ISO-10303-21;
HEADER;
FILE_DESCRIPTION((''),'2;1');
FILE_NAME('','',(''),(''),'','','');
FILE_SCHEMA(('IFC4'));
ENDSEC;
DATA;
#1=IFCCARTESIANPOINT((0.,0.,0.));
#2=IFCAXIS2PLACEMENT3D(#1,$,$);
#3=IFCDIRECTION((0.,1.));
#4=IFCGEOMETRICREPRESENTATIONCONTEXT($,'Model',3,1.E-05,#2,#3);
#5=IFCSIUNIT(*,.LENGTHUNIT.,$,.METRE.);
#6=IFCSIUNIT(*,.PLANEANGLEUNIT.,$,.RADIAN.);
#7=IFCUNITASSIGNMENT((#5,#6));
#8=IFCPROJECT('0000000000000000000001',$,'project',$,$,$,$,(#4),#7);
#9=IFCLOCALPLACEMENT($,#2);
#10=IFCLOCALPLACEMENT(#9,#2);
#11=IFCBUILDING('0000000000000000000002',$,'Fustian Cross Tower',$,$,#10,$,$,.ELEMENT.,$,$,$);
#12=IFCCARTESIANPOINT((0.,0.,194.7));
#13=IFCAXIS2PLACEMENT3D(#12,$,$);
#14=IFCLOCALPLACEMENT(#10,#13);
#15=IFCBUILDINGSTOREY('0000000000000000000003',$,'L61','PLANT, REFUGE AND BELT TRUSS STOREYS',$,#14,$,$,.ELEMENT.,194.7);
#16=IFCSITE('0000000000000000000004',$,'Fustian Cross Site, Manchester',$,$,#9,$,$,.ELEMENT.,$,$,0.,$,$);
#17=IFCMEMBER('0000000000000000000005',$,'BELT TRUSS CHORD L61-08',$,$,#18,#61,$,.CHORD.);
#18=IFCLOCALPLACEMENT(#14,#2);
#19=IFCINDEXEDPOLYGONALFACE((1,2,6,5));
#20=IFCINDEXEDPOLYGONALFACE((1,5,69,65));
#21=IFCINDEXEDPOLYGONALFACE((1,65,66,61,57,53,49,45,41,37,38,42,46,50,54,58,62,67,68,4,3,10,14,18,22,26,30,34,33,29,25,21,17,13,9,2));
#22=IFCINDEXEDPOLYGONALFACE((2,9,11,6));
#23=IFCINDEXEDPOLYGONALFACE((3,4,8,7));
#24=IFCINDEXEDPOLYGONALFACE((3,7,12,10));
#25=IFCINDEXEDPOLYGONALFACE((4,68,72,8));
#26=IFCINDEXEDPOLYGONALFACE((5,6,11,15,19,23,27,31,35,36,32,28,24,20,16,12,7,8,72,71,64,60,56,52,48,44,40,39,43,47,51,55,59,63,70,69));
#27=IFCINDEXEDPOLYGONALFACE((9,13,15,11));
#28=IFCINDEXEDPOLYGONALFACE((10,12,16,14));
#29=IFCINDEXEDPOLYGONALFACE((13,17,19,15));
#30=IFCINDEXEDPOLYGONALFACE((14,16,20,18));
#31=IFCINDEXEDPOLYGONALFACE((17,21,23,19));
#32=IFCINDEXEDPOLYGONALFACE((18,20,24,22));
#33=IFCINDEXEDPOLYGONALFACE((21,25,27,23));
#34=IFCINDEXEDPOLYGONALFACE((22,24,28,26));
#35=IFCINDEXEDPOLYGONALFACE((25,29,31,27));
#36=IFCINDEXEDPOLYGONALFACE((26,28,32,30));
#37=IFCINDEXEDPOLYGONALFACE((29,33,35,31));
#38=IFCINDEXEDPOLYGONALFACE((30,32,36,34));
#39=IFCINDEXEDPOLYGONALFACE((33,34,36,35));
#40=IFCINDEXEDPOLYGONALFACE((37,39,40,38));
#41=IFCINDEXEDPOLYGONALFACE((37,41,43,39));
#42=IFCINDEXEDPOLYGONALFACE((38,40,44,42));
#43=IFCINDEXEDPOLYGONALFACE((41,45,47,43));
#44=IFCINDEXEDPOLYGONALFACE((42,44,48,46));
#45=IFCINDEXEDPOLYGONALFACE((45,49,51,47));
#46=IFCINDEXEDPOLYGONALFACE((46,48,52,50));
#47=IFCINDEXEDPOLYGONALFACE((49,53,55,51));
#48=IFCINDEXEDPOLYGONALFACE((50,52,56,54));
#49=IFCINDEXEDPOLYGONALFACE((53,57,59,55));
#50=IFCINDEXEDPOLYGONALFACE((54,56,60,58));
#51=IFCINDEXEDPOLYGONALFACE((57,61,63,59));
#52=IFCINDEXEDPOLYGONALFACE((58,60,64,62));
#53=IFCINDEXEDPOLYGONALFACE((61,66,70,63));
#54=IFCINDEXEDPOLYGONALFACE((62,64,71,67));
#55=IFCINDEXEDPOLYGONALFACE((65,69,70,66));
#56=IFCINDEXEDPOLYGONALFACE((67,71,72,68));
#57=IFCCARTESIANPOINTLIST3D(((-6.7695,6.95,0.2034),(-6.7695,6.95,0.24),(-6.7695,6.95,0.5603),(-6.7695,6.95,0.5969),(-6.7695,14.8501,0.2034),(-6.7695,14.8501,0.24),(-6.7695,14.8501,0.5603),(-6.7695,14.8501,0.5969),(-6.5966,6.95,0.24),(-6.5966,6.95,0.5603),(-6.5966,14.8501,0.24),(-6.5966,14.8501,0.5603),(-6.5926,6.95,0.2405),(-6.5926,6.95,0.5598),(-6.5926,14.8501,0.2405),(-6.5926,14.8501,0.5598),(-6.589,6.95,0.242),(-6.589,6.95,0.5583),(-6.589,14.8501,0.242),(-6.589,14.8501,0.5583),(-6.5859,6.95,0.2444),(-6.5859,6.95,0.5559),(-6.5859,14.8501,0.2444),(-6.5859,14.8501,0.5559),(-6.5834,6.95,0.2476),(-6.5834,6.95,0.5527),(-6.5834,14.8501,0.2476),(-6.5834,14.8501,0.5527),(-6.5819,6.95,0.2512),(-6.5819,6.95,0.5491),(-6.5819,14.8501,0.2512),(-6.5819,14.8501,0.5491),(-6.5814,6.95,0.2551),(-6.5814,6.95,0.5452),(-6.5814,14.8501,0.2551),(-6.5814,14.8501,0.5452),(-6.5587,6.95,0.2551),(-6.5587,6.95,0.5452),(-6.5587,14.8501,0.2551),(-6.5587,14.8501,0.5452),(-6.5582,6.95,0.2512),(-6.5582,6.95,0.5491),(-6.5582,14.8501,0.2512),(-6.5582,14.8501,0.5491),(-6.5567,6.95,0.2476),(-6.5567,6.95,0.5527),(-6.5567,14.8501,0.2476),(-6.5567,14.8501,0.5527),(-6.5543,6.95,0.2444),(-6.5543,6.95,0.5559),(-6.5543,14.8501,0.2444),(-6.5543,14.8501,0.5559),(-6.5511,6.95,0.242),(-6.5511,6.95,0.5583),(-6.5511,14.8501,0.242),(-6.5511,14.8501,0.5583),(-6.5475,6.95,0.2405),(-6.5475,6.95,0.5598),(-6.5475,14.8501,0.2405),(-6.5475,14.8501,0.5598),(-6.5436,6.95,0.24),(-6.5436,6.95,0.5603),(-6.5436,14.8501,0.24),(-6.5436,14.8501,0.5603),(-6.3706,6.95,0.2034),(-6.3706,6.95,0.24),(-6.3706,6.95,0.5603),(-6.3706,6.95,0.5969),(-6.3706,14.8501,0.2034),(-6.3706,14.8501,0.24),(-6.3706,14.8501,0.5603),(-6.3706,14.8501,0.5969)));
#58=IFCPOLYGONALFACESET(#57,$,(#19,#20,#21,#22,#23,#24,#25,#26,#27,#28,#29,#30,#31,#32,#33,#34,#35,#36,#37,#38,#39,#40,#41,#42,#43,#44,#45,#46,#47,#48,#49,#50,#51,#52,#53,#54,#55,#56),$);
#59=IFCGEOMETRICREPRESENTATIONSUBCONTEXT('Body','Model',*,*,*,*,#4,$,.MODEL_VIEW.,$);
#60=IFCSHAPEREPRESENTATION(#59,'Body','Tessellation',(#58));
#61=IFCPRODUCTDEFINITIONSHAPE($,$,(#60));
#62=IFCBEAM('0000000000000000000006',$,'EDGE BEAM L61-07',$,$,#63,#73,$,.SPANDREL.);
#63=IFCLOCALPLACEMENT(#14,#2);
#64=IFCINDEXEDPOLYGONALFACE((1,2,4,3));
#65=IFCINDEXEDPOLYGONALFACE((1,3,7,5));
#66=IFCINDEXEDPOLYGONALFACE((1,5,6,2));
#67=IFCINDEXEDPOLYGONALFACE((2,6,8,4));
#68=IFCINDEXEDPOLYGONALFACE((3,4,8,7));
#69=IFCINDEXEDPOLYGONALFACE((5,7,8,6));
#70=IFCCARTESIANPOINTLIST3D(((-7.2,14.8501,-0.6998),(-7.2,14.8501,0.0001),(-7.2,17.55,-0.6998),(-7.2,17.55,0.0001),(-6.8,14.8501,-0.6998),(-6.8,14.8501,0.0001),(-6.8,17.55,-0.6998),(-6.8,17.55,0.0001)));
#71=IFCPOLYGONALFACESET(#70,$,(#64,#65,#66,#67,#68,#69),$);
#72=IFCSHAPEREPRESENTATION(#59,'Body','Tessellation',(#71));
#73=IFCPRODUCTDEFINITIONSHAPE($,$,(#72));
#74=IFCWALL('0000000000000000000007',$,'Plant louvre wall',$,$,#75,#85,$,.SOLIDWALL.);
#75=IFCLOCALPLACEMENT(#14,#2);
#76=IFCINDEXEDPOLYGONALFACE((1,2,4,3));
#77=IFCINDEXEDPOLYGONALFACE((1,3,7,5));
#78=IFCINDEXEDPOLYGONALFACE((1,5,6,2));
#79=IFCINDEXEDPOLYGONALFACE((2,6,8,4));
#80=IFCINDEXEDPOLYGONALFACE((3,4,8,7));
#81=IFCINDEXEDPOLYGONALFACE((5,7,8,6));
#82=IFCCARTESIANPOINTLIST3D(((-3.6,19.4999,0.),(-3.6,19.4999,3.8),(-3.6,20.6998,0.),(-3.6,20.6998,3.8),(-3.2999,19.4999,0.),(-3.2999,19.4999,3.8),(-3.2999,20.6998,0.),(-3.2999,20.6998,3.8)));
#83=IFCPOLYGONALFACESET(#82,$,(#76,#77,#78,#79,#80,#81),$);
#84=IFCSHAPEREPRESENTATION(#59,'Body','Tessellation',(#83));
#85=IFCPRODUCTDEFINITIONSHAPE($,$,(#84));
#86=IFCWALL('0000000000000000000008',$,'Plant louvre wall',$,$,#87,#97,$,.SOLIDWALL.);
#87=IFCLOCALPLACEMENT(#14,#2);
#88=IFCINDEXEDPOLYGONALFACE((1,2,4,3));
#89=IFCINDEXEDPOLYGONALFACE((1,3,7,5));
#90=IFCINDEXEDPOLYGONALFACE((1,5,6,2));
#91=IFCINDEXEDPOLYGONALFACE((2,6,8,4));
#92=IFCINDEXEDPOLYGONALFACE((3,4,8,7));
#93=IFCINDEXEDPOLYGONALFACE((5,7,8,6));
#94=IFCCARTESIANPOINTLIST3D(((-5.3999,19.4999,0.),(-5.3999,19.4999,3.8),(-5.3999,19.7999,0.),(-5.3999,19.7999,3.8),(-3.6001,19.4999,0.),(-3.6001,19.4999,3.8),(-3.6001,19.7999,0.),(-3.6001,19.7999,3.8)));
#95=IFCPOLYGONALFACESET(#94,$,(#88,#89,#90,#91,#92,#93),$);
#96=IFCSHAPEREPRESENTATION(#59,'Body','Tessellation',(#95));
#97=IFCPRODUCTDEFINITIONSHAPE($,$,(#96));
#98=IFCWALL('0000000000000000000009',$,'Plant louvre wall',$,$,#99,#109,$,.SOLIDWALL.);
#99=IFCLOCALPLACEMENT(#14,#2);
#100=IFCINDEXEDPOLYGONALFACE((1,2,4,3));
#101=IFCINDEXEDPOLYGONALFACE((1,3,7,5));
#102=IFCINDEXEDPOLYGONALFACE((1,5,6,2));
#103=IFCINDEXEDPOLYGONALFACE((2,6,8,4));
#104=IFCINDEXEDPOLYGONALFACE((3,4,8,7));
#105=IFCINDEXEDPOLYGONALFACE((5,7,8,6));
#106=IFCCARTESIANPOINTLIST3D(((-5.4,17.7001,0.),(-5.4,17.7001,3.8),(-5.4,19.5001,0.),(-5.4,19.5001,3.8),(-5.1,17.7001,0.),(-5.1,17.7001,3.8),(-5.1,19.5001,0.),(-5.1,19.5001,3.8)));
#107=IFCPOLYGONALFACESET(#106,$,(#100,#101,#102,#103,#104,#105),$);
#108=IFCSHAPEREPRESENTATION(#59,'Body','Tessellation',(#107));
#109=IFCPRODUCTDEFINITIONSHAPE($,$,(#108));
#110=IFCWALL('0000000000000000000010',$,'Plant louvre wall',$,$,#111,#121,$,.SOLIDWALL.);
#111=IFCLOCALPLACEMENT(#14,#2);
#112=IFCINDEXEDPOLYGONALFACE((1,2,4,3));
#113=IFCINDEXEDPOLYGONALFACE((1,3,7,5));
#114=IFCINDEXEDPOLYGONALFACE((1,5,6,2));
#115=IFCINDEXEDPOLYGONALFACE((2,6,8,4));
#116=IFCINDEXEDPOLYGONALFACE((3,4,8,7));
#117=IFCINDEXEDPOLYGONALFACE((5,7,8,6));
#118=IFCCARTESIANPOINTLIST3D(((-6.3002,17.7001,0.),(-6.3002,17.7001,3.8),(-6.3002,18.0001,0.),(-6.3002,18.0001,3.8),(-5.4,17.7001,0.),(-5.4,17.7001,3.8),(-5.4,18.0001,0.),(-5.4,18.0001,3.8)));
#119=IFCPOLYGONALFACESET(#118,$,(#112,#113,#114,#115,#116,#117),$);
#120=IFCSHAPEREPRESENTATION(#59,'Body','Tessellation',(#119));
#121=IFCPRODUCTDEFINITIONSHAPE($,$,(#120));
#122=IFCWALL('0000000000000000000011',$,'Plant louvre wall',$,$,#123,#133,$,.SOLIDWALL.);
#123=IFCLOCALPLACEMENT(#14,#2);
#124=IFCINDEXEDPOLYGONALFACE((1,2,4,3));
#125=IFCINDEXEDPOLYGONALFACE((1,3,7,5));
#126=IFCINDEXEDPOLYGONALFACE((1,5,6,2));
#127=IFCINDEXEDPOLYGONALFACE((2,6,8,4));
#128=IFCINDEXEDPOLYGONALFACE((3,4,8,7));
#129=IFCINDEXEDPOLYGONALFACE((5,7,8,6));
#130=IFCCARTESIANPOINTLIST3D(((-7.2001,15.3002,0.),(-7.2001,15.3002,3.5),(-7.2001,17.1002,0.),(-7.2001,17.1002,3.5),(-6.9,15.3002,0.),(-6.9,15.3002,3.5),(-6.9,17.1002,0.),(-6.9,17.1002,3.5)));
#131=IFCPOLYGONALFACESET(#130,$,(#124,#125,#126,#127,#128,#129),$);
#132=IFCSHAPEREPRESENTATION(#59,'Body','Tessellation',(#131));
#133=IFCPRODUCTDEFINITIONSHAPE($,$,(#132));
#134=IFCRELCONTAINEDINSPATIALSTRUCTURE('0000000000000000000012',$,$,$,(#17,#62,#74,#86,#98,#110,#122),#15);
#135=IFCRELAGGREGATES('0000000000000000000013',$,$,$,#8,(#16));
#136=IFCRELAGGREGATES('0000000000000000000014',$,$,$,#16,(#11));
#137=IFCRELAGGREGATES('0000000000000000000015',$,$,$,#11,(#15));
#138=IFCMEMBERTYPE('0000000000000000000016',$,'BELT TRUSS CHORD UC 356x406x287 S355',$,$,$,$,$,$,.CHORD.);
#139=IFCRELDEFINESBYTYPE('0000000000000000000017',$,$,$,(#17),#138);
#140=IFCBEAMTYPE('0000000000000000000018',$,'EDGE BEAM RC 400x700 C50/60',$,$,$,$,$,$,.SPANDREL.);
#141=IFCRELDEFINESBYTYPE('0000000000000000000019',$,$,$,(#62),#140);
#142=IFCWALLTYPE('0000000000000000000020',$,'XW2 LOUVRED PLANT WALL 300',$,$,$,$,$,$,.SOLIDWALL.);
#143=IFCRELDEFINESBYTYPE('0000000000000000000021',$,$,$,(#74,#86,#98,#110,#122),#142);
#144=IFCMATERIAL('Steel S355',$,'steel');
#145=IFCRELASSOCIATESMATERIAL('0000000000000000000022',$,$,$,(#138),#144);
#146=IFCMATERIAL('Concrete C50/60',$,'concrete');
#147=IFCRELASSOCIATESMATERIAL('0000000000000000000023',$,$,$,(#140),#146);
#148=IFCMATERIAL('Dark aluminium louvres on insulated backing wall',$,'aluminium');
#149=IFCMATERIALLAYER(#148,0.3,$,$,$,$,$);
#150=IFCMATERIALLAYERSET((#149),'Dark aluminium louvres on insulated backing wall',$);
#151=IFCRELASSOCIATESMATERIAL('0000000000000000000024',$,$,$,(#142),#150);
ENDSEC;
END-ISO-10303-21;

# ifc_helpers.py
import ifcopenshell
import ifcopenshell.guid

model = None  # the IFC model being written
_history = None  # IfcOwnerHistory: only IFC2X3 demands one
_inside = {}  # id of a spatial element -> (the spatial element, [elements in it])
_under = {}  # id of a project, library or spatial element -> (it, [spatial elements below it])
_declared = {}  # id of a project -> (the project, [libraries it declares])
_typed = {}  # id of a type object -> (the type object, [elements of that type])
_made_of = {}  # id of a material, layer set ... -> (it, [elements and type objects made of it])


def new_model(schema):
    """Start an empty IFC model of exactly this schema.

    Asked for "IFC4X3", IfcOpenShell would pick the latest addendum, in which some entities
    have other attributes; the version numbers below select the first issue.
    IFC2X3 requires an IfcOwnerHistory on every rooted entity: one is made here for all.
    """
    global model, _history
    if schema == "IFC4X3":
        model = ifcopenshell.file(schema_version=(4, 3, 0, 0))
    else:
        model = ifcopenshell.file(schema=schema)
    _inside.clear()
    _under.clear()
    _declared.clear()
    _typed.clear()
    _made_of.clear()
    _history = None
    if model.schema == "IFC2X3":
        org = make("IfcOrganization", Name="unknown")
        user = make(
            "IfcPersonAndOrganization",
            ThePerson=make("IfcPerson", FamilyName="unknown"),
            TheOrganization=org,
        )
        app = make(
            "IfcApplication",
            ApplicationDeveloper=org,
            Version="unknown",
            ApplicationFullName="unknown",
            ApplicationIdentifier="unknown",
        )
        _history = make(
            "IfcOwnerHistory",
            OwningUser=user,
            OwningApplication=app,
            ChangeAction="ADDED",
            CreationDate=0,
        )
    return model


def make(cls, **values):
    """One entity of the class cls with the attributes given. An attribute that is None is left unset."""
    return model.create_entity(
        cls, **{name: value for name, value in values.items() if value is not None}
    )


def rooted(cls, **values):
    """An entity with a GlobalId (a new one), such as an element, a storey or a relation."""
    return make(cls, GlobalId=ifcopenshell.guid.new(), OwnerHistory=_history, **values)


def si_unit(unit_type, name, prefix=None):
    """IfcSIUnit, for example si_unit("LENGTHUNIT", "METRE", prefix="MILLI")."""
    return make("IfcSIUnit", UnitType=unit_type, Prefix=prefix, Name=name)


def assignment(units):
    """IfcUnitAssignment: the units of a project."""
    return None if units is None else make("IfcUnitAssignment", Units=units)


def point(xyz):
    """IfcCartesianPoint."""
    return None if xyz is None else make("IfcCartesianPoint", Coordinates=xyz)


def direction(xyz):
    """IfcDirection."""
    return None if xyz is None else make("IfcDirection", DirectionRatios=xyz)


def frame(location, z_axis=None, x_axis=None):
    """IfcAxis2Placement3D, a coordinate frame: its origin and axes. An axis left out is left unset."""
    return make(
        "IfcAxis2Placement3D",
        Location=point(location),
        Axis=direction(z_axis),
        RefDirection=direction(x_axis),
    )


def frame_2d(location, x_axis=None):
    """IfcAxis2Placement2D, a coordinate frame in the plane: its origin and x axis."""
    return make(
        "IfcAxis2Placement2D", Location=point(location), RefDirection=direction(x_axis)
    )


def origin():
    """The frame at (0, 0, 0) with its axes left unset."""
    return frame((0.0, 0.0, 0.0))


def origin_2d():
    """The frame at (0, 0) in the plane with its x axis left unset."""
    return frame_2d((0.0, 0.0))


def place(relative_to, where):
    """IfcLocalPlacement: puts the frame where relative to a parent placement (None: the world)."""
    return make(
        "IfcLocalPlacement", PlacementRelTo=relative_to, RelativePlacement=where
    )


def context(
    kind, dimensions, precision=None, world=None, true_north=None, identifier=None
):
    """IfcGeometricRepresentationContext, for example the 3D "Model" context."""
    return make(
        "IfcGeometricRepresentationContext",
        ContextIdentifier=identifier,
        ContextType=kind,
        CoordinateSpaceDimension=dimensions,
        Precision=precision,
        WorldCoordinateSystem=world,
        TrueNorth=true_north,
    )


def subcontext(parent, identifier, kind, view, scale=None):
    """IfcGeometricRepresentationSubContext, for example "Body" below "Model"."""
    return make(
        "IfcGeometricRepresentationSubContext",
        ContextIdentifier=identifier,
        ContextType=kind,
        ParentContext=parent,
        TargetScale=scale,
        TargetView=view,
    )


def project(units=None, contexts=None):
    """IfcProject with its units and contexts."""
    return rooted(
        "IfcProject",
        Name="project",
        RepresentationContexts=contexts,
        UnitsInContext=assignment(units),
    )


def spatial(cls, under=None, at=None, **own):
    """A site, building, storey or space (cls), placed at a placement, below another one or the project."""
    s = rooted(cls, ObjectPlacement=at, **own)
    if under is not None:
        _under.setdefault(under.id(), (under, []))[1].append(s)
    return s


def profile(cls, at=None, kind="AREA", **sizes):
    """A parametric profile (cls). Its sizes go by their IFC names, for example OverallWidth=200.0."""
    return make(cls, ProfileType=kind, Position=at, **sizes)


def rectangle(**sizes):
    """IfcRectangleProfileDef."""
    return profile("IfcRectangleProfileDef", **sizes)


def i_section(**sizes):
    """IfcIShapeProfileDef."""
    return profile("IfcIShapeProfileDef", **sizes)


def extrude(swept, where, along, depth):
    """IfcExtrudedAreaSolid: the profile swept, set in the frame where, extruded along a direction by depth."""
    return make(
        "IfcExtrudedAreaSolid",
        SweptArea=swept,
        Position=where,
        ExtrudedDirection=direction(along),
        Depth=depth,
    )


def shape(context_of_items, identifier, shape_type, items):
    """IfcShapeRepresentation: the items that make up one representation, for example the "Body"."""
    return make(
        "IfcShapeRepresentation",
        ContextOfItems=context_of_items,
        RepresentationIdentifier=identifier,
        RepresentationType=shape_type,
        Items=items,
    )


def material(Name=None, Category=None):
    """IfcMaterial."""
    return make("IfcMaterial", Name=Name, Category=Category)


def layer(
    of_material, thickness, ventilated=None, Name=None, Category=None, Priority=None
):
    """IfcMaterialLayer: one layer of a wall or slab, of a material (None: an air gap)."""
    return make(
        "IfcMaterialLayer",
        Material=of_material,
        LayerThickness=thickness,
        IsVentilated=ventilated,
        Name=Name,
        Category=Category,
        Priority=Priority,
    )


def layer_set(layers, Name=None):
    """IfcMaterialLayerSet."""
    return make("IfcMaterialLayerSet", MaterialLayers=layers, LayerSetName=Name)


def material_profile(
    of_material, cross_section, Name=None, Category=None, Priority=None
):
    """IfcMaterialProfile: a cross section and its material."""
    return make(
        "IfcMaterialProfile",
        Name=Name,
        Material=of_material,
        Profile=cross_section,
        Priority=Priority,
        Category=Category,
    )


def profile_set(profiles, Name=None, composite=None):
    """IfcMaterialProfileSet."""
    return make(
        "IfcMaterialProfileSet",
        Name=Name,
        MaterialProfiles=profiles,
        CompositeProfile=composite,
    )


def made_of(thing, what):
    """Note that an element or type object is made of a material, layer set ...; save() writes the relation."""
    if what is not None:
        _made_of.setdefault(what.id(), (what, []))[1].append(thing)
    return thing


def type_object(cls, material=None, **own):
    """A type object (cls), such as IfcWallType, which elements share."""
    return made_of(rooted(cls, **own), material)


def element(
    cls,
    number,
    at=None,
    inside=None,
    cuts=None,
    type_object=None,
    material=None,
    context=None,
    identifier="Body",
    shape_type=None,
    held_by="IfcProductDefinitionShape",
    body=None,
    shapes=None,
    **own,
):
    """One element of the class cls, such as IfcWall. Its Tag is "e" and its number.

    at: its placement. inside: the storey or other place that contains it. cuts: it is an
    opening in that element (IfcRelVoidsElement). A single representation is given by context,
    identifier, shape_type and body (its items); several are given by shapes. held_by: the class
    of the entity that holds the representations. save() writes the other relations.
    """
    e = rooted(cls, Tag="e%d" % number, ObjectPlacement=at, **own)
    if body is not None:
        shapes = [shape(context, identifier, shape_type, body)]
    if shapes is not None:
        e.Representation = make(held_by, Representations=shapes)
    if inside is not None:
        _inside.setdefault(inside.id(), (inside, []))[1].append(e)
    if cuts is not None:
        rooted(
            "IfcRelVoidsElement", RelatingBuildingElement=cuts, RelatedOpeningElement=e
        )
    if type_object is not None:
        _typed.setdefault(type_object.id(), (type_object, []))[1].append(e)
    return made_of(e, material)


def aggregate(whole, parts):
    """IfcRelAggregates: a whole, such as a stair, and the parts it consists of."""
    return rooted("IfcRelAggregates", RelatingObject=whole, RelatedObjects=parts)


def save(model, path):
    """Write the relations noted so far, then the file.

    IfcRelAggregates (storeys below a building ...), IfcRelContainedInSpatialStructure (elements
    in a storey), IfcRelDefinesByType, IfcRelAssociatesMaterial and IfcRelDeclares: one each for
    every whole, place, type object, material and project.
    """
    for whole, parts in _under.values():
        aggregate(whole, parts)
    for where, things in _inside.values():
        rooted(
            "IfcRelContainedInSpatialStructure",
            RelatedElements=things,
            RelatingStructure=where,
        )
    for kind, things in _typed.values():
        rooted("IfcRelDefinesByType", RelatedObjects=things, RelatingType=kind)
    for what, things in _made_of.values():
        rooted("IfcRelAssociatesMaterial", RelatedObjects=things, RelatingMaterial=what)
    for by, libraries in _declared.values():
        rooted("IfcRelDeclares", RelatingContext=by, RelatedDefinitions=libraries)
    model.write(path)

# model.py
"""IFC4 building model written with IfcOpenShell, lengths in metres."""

from ifc_helpers import new_model, si_unit, direction, frame, frame_2d, origin, origin_2d, place, context, subcontext, project, spatial, rectangle, i_section, extrude, material, layer, layer_set, material_profile, profile_set, type_object, element, save


model = new_model("IFC4")

# Units and contexts
model_context = context("Model", 3, precision=1e-05, world=origin(), true_north=direction((0.0, 1.0)))
body_context = subcontext(model_context, "Body", "Model", "MODEL_VIEW")
ifc_project = project(units=[si_unit("LENGTHUNIT", "METRE"), si_unit("PLANEANGLEUNIT", "RADIAN")], contexts=[model_context])

# Site, building, storey
site_placement = place(None, origin())
site = spatial("IfcSite", under=ifc_project, at=site_placement, Name="Fustian Cross Site, Manchester", CompositionType="ELEMENT", RefElevation=0.0)
building_placement = place(site_placement, origin())
building = spatial("IfcBuilding", under=site, at=building_placement, Name="Fustian Cross Tower", CompositionType="ELEMENT")
storey_placement = place(building_placement, frame((0.0, 0.0, 194.7)))
storey = spatial("IfcBuildingStorey", under=building, at=storey_placement, Name="L61", Description="PLANT, REFUGE AND BELT TRUSS STOREYS", CompositionType="ELEMENT", Elevation=194.7)

# Member
ifc_material_1 = material(Name="Steel S355", Category="steel")
ifc_material_profile_1 = material_profile(ifc_material_1, i_section(OverallWidth=0.3989, OverallDepth=0.3936, WebThickness=0.0227, FlangeThickness=0.0366, FilletRadius=0.0151, at=origin_2d()), Name="UC 356x406x287")
ifc_profile_set_1 = profile_set([ifc_material_profile_1], Name="Steel S355")
member_type_1 = type_object("IfcMemberType", Name="BELT TRUSS CHORD UC 356x406x287 S355", PredefinedType="CHORD", material=ifc_profile_set_1)
for number, where, z_axis, x_axis, name in (
    (1, (-6.5701, 14.8501, 0.4001), (0.0, -1.0, 0.0), (1.0, 0.0, 0.0), "BELT TRUSS CHORD L61-08"),
):
    element("IfcMember", number, at=place(storey_placement, frame(where, z_axis=z_axis, x_axis=x_axis)), inside=storey, type_object=member_type_1, Name=name, PredefinedType="CHORD", context=body_context, shape_type="SweptSolid", body=[
        extrude(i_section(OverallWidth=0.3989, OverallDepth=0.3936, WebThickness=0.0227, FlangeThickness=0.0366, FilletRadius=0.0151, at=origin_2d()), origin(), (0.0, 0.0, 1.0), 7.9001),
    ])

# Beam
ifc_material_2 = material(Name="Concrete C50/60", Category="concrete")
ifc_material_profile_2 = material_profile(ifc_material_2, rectangle(XDim=0.3999, YDim=0.7, at=origin_2d()), Name="RC 400x700")
ifc_profile_set_2 = profile_set([ifc_material_profile_2], Name="Concrete C50/60")
beam_type = type_object("IfcBeamType", Name="EDGE BEAM RC 400x700 C50/60", PredefinedType="SPANDREL", material=ifc_profile_set_2)
beam_placement = place(storey_placement, frame((-7.0, 17.55, -0.3499), z_axis=(0.0, -1.0, 0.0), x_axis=(1.0, 0.0, 0.0)))
element("IfcBeam", 2, at=beam_placement, inside=storey, type_object=beam_type, Name="EDGE BEAM L61-07", PredefinedType="SPANDREL", context=body_context, shape_type="SweptSolid", body=[
    extrude(rectangle(XDim=0.3999, YDim=0.7, at=origin_2d()), origin(), (0.0, 0.0, 1.0), 2.7),
])

# Walls
ifc_material_3 = material(Name="Dark aluminium louvres on insulated backing wall", Category="aluminium")
ifc_layer = layer(ifc_material_3, 0.3)
ifc_layer_set = layer_set([ifc_layer], Name="Dark aluminium louvres on insulated backing wall")
wall_type = type_object("IfcWallType", Name="XW2 LOUVRED PLANT WALL 300", PredefinedType="SOLIDWALL", material=ifc_layer_set)
wall_1_placement = place(storey_placement, frame((-3.45, 20.7, 0.0), z_axis=(0.0, 0.0, 1.0), x_axis=(0.0, -1.0, 0.0)))
element("IfcWall", 3, at=wall_1_placement, inside=storey, type_object=wall_type, Name="Plant louvre wall", PredefinedType="SOLIDWALL", context=body_context, shape_type="SweptSolid", body=[
    extrude(rectangle(XDim=1.2, YDim=0.3, at=frame_2d((0.6001, 0.0))), origin(), (0.0, 0.0, 1.0), 3.8),
])
wall_2_placement = place(storey_placement, frame((-3.6001, 19.6499, 0.0), z_axis=(0.0, 0.0, 1.0), x_axis=(-1.0, 0.0, 0.0)))
element("IfcWall", 4, at=wall_2_placement, inside=storey, type_object=wall_type, Name="Plant louvre wall", PredefinedType="SOLIDWALL", context=body_context, shape_type="SweptSolid", body=[
    extrude(rectangle(XDim=1.7998, YDim=0.3, at=frame_2d((0.8999, 0.0))), origin(), (0.0, 0.0, 1.0), 3.8),
])
wall_3_placement = place(storey_placement, frame((-5.25, 19.5, 0.0), z_axis=(0.0, 0.0, 1.0), x_axis=(0.0, -1.0, 0.0)))
element("IfcWall", 5, at=wall_3_placement, inside=storey, type_object=wall_type, Name="Plant louvre wall", PredefinedType="SOLIDWALL", context=body_context, shape_type="SweptSolid", body=[
    extrude(rectangle(XDim=1.8, YDim=0.3, at=frame_2d((0.8999, 0.0))), origin(), (0.0, 0.0, 1.0), 3.8),
])
wall_4_placement = place(storey_placement, frame((-5.3999, 17.8501, 0.0), z_axis=(0.0, 0.0, 1.0), x_axis=(-1.0, 0.0, 0.0)))
element("IfcWall", 6, at=wall_4_placement, inside=storey, type_object=wall_type, Name="Plant louvre wall", PredefinedType="SOLIDWALL", context=body_context, shape_type="SweptSolid", body=[
    extrude(rectangle(XDim=0.9001, YDim=0.3, at=frame_2d((0.4502, 0.0))), origin(), (0.0, 0.0, 1.0), 3.8),
])
wall_5_placement = place(storey_placement, frame((-7.05, 17.1001, 0.0), z_axis=(0.0, 0.0, 1.0), x_axis=(0.0, -1.0, 0.0)))
element("IfcWall", 7, at=wall_5_placement, inside=storey, type_object=wall_type, Name="Plant louvre wall", PredefinedType="SOLIDWALL", context=body_context, shape_type="SweptSolid", body=[
    extrude(rectangle(XDim=1.8, YDim=0.3, at=frame_2d((0.8999, 0.0))), origin(), (0.0, 0.0, 1.0), 3.5),
])

save(model, "model.ifc")
